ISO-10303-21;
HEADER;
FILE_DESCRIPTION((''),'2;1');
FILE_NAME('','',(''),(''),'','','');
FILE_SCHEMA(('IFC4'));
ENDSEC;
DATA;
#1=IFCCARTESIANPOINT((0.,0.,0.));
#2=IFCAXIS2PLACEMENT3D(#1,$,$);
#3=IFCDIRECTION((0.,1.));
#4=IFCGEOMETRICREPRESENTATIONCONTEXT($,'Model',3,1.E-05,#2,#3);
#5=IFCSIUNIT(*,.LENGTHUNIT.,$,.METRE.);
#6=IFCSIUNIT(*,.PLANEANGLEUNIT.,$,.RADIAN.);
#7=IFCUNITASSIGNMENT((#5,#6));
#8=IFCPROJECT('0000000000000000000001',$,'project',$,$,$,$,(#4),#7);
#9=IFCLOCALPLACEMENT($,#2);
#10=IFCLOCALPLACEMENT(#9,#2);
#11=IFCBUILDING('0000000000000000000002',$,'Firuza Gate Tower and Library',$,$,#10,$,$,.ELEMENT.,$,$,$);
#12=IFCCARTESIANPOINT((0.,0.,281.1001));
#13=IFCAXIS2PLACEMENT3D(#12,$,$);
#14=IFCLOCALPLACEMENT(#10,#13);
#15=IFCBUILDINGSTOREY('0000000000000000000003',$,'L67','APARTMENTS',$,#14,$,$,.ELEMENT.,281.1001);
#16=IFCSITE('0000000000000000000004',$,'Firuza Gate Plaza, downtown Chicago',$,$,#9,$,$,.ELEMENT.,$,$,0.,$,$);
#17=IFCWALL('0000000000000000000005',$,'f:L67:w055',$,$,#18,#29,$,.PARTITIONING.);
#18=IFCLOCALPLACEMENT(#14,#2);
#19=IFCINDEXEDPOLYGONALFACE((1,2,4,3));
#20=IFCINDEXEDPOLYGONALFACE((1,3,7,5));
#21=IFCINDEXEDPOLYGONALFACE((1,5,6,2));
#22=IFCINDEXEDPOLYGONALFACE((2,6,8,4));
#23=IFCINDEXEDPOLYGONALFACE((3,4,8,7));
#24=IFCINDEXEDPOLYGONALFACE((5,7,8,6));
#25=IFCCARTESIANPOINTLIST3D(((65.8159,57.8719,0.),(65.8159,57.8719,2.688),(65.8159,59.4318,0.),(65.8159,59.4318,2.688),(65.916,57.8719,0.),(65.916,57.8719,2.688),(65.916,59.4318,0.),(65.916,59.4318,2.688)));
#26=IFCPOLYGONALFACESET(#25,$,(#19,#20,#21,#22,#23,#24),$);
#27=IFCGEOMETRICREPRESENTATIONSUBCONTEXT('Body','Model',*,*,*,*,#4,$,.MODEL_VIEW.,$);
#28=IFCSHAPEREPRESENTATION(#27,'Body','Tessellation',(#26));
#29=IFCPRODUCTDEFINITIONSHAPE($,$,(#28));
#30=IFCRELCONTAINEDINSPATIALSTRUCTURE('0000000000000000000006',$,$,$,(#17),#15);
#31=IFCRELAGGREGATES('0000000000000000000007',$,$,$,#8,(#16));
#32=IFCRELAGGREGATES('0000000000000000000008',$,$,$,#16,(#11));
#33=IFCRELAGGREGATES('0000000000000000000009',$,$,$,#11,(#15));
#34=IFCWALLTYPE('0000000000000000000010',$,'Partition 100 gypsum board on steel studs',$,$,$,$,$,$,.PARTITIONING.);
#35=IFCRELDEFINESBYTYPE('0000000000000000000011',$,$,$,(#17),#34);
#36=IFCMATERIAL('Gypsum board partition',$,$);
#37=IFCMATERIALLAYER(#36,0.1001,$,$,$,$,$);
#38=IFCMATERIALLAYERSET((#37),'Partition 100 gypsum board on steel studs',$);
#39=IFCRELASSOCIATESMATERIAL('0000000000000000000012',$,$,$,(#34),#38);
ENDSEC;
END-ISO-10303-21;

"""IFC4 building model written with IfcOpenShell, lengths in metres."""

from ifc_helpers import new_model, si_unit, direction, frame, frame_2d, origin, place, context, subcontext, project, spatial, rectangle, extrude, material, layer, layer_set, type_object, element, save


model = new_model("IFC4")

# Units and contexts
model_context = context("Model", 3, precision=1e-05, world=origin(), true_north=direction((0.0, 1.0)))
body_context = subcontext(model_context, "Body", "Model", "MODEL_VIEW")
ifc_project = project(units=[si_unit("LENGTHUNIT", "METRE"), si_unit("PLANEANGLEUNIT", "RADIAN")], contexts=[model_context])

# Site, building, storey
site_placement = place(None, origin())
site = spatial("IfcSite", under=ifc_project, at=site_placement, Name="Firuza Gate Plaza, downtown Chicago", CompositionType="ELEMENT", RefElevation=0.0)
building_placement = place(site_placement, origin())
building = spatial("IfcBuilding", under=site, at=building_placement, Name="Firuza Gate Tower and Library", CompositionType="ELEMENT")
storey_placement = place(building_placement, frame((0.0, 0.0, 281.1001)))
storey = spatial("IfcBuildingStorey", under=building, at=storey_placement, Name="L67", Description="APARTMENTS", CompositionType="ELEMENT", Elevation=281.1001)

# Wall
ifc_material_1 = material(Name="Gypsum board partition")
ifc_layer_1 = layer(ifc_material_1, 0.1001)
ifc_layer_set_1 = layer_set([ifc_layer_1], Name="Partition 100 gypsum board on steel studs")
wall_type_1 = type_object("IfcWallType", Name="Partition 100 gypsum board on steel studs", PredefinedType="PARTITIONING", material=ifc_layer_set_1)
wall_1_placement = place(storey_placement, frame((65.866, 57.8721, 0.0), z_axis=(0.0, 0.0, 1.0), x_axis=(0.0, 1.0, 0.0)))
element("IfcWall", 1, at=wall_1_placement, inside=storey, type_object=wall_type_1, Name="f:L67:w055", PredefinedType="PARTITIONING", context=body_context, shape_type="SweptSolid", body=[
    extrude(rectangle(XDim=1.5598, YDim=0.1001, at=frame_2d((0.7798, 0.0))), origin(), (0.0, 0.0, 1.0), 2.688),
])

save(model, "model.ifc")
